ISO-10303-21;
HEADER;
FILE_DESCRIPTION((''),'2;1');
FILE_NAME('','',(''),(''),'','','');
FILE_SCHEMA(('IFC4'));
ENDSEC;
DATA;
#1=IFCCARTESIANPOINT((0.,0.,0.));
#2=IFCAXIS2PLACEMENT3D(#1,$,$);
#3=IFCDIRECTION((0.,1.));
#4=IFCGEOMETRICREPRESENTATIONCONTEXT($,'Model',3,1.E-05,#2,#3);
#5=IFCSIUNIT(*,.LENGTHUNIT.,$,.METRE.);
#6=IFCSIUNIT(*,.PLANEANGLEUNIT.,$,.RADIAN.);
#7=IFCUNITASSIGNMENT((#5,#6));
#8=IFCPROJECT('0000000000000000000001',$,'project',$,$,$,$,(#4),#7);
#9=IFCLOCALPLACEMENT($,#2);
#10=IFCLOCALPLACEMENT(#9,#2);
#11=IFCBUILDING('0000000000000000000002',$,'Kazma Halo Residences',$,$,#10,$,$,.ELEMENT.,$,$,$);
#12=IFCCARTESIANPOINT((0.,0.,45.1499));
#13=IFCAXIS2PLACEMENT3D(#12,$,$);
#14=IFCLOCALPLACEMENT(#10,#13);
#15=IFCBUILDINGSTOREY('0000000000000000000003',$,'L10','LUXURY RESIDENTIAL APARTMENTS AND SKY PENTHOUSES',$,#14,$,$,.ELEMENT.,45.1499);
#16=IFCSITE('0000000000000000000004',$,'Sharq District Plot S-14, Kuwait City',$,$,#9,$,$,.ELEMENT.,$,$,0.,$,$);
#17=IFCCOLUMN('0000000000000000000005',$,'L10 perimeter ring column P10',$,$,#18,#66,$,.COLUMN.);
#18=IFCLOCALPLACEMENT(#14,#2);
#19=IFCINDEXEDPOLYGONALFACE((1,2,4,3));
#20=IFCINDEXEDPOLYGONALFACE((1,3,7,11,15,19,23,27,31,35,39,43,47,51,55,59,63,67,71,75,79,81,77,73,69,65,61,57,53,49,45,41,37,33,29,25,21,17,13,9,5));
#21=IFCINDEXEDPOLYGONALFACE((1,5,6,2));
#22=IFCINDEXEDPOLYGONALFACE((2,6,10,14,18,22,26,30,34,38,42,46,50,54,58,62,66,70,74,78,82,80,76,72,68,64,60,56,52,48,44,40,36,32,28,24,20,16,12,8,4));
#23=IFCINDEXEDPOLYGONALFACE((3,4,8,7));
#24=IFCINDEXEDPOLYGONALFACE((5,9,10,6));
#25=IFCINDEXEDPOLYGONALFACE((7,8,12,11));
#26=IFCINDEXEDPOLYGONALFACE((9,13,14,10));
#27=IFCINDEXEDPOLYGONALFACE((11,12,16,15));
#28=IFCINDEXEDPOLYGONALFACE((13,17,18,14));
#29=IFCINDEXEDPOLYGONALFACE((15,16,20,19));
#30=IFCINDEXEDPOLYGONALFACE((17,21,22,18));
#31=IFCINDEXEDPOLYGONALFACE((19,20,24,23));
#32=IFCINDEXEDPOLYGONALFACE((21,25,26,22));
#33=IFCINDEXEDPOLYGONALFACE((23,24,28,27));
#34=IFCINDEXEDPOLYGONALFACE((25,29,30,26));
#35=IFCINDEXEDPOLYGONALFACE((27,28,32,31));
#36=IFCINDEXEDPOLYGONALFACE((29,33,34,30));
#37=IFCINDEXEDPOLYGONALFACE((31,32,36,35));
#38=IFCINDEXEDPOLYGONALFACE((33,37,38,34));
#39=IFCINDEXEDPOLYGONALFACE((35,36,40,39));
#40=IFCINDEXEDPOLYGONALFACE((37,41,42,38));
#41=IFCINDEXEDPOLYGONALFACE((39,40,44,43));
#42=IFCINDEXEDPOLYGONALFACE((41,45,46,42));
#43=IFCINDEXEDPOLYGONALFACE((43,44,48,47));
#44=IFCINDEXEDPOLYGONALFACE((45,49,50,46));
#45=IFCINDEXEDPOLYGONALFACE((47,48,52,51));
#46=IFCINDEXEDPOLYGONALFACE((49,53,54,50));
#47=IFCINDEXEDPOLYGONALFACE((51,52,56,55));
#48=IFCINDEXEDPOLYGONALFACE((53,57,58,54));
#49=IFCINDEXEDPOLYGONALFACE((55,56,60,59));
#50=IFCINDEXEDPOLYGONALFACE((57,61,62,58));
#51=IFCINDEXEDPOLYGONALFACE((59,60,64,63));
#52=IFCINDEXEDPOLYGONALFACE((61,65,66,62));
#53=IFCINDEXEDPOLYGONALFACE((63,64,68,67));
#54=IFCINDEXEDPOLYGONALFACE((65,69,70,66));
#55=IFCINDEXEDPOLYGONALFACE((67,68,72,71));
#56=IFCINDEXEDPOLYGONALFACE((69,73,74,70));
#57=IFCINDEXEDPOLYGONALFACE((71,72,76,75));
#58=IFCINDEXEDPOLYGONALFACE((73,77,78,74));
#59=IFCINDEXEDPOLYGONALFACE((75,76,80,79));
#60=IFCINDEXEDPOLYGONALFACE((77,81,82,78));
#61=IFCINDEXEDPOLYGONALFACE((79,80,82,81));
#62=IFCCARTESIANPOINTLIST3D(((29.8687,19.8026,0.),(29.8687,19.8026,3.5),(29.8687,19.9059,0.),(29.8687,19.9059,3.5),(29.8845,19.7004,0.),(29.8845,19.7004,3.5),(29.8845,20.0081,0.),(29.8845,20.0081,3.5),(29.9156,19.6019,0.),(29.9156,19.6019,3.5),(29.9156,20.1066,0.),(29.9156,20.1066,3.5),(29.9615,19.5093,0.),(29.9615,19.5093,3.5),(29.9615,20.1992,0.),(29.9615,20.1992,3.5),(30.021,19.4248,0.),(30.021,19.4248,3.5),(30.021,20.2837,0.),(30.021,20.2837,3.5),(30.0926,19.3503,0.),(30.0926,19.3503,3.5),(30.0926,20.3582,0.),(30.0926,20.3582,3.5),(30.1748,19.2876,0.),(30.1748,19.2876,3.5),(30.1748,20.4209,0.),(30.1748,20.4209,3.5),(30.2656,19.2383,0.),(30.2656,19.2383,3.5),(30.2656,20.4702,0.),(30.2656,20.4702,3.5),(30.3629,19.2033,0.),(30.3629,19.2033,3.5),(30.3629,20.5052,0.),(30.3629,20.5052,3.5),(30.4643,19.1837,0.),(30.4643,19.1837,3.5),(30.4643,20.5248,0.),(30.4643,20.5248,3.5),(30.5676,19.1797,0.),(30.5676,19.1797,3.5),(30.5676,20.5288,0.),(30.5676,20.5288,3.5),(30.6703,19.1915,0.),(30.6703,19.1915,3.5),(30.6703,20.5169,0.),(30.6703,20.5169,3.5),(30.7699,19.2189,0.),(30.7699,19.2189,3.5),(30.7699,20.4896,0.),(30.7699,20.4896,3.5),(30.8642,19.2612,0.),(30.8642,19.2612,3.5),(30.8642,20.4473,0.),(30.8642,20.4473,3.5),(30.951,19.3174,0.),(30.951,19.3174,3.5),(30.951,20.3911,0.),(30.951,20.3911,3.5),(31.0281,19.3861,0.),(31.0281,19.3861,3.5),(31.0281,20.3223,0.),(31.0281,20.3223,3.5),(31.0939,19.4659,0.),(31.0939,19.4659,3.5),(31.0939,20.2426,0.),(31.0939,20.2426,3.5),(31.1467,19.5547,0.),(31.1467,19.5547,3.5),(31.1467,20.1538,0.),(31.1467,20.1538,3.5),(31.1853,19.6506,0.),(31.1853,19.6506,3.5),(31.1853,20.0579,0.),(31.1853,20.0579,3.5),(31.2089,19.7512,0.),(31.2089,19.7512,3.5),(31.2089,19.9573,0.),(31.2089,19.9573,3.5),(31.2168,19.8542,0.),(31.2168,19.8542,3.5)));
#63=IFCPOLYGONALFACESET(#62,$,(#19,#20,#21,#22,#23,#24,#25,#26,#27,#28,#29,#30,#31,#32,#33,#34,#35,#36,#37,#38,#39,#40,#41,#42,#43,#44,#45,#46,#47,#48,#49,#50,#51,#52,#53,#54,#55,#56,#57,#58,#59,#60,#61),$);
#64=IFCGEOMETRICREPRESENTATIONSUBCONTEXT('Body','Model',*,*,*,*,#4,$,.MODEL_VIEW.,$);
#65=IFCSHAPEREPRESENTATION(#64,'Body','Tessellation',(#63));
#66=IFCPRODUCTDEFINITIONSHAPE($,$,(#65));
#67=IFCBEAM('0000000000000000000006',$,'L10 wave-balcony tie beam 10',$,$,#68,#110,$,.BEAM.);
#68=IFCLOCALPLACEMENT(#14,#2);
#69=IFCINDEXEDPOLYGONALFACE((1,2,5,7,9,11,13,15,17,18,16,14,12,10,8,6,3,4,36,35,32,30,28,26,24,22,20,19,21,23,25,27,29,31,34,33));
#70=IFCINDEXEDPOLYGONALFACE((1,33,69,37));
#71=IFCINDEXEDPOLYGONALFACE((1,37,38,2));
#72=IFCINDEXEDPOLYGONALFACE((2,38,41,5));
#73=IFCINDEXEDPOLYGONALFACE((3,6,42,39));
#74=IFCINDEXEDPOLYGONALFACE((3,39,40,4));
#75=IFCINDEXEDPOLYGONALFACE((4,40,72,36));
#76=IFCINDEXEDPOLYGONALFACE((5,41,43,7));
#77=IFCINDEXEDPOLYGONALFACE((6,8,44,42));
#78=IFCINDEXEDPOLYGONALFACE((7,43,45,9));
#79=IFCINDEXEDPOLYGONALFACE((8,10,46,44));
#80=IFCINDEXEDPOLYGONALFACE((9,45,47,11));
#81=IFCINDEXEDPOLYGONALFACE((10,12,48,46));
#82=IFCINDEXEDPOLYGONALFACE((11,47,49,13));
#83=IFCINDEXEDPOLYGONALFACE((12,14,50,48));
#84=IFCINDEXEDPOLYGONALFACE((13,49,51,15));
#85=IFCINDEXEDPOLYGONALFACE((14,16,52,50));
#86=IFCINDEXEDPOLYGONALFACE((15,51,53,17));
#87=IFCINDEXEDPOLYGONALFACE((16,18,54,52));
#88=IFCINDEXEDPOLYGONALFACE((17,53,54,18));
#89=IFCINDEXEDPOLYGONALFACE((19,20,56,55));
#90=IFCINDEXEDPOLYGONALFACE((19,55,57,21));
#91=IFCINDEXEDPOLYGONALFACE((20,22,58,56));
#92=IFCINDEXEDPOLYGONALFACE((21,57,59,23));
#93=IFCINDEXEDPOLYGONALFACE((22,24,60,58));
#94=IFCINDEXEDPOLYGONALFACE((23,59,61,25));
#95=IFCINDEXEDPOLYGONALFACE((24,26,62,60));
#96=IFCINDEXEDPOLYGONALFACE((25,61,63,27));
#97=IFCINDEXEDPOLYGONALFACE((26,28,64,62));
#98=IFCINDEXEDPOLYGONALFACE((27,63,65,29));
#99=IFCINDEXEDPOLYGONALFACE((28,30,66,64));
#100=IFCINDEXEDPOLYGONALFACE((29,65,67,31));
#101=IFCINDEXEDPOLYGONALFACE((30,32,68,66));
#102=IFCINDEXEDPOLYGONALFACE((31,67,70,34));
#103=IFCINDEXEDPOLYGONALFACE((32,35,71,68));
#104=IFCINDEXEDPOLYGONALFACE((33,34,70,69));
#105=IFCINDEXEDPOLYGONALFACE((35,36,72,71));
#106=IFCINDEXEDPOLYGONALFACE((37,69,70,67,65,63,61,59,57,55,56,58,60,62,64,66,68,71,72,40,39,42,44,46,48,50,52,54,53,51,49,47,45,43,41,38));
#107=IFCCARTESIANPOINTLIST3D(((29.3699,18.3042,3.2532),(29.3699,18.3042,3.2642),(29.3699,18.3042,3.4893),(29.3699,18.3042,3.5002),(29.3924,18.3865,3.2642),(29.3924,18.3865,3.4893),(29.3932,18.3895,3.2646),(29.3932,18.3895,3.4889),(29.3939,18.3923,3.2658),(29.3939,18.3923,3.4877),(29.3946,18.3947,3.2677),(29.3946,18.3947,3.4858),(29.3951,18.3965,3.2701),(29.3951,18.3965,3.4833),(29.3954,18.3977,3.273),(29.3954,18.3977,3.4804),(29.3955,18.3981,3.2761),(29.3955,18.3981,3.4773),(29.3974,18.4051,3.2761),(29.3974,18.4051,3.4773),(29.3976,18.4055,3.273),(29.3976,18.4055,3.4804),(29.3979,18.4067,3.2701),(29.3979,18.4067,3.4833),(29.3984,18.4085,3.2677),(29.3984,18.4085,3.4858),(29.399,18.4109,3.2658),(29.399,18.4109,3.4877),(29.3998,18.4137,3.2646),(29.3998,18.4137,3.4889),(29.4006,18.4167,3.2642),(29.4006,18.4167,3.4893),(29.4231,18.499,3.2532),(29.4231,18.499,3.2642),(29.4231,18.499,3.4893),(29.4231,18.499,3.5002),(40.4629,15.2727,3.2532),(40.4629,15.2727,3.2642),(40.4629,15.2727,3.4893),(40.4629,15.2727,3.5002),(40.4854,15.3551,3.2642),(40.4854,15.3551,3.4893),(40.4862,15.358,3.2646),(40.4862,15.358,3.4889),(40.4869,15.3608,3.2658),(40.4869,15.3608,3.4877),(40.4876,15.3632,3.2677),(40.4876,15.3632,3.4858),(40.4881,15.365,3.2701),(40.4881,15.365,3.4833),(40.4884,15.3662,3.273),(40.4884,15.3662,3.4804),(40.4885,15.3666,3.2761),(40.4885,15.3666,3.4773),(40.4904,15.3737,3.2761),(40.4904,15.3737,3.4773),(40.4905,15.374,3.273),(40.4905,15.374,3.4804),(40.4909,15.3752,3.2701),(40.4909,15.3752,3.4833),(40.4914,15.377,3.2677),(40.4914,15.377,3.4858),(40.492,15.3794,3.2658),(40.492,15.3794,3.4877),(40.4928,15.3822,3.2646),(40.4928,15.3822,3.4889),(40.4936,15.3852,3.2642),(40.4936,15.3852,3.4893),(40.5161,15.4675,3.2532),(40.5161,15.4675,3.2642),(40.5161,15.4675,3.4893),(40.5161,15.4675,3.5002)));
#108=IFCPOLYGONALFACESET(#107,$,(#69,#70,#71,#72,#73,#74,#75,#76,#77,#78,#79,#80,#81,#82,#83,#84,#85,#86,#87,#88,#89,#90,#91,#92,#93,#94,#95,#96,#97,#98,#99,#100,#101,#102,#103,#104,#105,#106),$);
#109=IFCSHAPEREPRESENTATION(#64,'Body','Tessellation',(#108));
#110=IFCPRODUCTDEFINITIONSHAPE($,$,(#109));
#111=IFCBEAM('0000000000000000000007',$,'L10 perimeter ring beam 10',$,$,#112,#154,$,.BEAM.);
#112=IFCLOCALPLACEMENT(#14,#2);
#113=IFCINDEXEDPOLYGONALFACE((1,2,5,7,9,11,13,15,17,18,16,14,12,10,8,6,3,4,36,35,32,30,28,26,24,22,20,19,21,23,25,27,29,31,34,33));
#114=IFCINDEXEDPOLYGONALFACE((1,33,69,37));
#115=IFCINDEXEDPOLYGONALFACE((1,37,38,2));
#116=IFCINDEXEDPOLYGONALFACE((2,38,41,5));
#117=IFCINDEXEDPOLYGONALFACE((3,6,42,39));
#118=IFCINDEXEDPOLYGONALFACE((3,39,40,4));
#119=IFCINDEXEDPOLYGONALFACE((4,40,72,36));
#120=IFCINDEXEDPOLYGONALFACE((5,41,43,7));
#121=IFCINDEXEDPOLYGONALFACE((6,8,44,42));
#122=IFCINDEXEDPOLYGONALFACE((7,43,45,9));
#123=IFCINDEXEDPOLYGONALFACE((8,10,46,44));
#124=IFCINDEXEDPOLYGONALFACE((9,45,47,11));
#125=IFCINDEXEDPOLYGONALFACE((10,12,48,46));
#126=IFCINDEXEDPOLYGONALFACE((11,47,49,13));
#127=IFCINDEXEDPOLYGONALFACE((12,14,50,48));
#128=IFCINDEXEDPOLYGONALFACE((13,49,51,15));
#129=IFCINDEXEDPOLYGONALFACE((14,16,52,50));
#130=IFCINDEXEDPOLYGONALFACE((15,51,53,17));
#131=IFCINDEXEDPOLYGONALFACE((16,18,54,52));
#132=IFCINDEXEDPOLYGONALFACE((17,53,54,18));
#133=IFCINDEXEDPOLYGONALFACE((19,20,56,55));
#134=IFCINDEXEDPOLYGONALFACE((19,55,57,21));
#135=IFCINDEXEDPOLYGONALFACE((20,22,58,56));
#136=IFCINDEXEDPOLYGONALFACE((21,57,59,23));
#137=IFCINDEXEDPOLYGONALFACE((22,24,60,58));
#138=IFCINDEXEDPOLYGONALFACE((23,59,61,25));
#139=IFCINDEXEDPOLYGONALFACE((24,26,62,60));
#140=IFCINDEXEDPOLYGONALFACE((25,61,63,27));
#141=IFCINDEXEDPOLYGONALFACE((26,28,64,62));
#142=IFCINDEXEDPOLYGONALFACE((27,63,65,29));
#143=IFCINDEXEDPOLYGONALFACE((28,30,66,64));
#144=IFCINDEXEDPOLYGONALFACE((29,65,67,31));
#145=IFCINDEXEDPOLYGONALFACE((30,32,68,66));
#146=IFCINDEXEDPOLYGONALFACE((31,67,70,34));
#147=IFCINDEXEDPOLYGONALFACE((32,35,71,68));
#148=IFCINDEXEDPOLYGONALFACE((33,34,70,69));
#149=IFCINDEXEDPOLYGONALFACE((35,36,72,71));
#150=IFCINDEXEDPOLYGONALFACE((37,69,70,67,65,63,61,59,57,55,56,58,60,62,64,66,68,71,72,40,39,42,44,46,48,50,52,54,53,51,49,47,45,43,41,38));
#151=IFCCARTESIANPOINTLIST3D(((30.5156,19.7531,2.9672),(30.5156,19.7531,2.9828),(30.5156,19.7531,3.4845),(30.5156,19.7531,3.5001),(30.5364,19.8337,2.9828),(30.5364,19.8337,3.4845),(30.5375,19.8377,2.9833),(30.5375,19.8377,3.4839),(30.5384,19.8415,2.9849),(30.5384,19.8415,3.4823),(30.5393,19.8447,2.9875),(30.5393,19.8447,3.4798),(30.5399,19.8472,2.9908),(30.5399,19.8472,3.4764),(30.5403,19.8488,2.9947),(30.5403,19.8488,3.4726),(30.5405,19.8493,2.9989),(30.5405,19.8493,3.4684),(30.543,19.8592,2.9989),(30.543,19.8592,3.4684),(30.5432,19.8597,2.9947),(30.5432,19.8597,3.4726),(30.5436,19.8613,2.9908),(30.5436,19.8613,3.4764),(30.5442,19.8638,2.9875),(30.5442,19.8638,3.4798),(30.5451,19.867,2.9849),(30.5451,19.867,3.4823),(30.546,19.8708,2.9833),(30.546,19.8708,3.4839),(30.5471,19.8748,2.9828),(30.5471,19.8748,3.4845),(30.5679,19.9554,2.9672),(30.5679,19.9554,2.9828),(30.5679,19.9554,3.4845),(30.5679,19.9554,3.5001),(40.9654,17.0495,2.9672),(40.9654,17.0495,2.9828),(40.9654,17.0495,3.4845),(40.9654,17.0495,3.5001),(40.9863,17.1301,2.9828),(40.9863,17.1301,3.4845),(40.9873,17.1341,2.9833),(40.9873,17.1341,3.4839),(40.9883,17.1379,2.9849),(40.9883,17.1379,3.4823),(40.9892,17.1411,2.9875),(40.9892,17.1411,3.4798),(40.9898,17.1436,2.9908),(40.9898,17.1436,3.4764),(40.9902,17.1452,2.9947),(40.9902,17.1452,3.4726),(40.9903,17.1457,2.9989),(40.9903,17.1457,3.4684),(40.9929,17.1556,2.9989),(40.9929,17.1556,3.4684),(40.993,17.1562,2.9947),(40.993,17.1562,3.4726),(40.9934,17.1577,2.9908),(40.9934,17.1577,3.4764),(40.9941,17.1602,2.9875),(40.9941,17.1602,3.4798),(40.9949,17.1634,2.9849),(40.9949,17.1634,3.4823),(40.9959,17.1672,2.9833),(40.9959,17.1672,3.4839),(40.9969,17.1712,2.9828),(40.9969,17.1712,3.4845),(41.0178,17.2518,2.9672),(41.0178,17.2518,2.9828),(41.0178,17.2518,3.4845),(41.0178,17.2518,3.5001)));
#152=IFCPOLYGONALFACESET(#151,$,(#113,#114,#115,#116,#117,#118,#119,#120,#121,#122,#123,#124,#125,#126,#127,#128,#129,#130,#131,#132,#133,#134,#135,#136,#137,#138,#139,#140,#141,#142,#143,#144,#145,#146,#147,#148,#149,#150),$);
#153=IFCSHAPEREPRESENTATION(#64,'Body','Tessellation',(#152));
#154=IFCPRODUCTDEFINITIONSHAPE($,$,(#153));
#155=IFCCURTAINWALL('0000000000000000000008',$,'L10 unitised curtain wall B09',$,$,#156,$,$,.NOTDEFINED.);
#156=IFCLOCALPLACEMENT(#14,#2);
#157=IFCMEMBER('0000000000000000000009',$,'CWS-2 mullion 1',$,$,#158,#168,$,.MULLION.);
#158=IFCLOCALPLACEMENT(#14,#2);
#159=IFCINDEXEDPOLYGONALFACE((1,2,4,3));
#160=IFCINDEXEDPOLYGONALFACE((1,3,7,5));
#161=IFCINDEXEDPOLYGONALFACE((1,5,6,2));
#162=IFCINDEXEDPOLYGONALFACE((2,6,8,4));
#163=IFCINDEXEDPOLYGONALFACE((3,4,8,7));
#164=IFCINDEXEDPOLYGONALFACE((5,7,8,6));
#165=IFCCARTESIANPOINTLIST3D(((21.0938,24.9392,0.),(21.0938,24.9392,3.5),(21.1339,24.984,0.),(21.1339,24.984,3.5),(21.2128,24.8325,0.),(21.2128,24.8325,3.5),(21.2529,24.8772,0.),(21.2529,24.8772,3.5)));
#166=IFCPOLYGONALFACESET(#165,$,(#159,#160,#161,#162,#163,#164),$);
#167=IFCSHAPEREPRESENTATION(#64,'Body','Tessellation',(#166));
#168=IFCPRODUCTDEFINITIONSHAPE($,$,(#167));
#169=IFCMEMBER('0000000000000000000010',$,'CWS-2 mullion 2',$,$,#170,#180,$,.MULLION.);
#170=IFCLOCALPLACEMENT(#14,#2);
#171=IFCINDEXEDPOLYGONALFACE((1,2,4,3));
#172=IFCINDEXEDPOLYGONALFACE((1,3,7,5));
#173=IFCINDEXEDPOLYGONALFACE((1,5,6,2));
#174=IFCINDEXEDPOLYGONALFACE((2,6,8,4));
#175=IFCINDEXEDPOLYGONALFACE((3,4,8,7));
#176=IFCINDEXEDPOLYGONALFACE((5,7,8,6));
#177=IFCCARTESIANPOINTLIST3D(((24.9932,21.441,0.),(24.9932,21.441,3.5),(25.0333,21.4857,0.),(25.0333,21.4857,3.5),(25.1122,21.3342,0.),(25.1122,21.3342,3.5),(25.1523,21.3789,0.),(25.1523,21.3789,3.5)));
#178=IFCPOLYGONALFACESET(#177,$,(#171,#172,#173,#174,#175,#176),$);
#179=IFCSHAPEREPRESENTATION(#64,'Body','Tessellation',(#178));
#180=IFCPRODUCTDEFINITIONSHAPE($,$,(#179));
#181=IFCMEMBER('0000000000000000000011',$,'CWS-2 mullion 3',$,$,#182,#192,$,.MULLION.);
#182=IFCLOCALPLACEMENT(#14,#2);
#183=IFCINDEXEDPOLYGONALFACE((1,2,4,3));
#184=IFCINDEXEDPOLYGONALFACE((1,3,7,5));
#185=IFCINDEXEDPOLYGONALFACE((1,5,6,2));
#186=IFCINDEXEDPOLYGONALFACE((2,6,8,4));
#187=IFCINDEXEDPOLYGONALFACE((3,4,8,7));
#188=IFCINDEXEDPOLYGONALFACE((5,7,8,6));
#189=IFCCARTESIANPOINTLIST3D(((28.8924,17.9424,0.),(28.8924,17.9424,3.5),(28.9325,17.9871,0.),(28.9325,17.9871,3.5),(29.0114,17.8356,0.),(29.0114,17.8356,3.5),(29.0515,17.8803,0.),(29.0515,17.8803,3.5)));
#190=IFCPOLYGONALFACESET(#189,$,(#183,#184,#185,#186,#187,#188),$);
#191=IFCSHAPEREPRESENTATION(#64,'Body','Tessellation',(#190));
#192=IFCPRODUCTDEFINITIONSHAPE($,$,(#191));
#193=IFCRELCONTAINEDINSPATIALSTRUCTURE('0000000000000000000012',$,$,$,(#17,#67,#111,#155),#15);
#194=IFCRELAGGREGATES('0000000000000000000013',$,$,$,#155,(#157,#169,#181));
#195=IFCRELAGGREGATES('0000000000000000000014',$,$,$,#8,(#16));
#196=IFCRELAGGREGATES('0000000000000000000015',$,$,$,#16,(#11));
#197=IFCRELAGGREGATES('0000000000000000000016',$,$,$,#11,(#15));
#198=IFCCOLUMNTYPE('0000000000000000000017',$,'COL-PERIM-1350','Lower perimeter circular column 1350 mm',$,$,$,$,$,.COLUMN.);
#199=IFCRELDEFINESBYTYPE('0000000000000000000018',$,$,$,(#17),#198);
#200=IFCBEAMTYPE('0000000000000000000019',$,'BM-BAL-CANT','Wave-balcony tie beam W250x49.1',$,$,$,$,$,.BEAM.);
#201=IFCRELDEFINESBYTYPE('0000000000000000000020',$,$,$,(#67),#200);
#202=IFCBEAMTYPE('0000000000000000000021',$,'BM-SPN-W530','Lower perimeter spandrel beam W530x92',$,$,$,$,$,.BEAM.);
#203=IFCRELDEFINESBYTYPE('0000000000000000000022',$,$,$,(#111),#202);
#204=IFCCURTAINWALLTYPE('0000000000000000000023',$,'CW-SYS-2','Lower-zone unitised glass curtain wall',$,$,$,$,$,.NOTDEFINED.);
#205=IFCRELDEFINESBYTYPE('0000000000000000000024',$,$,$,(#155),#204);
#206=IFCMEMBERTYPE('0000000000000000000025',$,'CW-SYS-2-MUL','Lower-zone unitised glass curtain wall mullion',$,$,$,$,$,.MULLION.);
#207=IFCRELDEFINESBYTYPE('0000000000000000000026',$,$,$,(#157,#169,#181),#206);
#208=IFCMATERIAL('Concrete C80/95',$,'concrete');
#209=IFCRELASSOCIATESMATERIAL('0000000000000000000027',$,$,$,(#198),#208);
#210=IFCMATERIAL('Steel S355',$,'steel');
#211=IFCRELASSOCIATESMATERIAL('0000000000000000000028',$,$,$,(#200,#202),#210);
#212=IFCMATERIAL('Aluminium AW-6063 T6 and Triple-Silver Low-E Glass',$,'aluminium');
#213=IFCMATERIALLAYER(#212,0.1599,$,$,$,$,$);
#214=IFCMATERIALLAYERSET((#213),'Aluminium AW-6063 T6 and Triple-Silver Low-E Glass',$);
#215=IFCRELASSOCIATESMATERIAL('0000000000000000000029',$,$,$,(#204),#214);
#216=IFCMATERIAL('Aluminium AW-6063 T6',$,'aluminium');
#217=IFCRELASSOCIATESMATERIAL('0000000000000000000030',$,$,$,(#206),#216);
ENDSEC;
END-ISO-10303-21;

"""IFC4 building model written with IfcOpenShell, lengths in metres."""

from ifc_helpers import new_model, si_unit, direction, frame, origin, origin_2d, place, context, subcontext, project, spatial, rectangle, circle, i_section, extrude, material, layer, layer_set, material_profile, profile_set, type_object, element, aggregate, save


model = new_model("IFC4")

# Units and contexts
model_context = context("Model", 3, precision=1e-05, world=origin(), true_north=direction((0.0, 1.0)))
body_context = subcontext(model_context, "Body", "Model", "MODEL_VIEW")
ifc_project = project(units=[si_unit("LENGTHUNIT", "METRE"), si_unit("PLANEANGLEUNIT", "RADIAN")], contexts=[model_context])

# Site, building, storey
site_placement = place(None, origin())
site = spatial("IfcSite", under=ifc_project, at=site_placement, Name="Sharq District Plot S-14, Kuwait City", CompositionType="ELEMENT", RefElevation=0.0)
building_placement = place(site_placement, origin())
building = spatial("IfcBuilding", under=site, at=building_placement, Name="Kazma Halo Residences", CompositionType="ELEMENT")
storey_placement = place(building_placement, frame((0.0, 0.0, 45.1499)))
storey = spatial("IfcBuildingStorey", under=building, at=storey_placement, Name="L10", Description="LUXURY RESIDENTIAL APARTMENTS AND SKY PENTHOUSES", CompositionType="ELEMENT", Elevation=45.1499)

# Column
ifc_material_1 = material(Name="Concrete C80/95", Category="concrete")
ifc_material_profile_1 = material_profile(ifc_material_1, circle(Radius=0.675, at=origin_2d()), Name="CIRC1350")
ifc_profile_set_1 = profile_set([ifc_material_profile_1], Name="Concrete C80/95")
column_type = type_object("IfcColumnType", Name="COL-PERIM-1350", Description="Lower perimeter circular column 1350 mm", PredefinedType="COLUMN", material=ifc_profile_set_1)
column_placement = place(storey_placement, frame((30.5417, 19.8542, 0.0), z_axis=(0.0, 0.0, 1.0), x_axis=(1.0, 0.0, 0.0)))
element("IfcColumn", 1, at=column_placement, inside=storey, type_object=column_type, Name="L10 perimeter ring column P10", PredefinedType="COLUMN", context=body_context, shape_type="SweptSolid", body=[
    extrude(circle(Radius=0.675, at=origin_2d()), origin(), (0.0, 0.0, 1.0), 3.5),
])

# Beams
ifc_material_2 = material(Name="Steel S355", Category="steel")
ifc_material_profile_2 = material_profile(ifc_material_2, i_section(OverallWidth=0.2019, OverallDepth=0.2471, WebThickness=0.0073, FlangeThickness=0.011, FilletRadius=0.012, at=origin_2d()), Name="W250x49.1")
ifc_profile_set_2 = profile_set([ifc_material_profile_2], Name="Steel S355")
beam_type_1 = type_object("IfcBeamType", Name="BM-BAL-CANT", Description="Wave-balcony tie beam W250x49.1", PredefinedType="BEAM", material=ifc_profile_set_2)
beam_1_placement = place(storey_placement, frame((29.3965, 18.4016, 3.3767), z_axis=(0.964628, -0.263613, 0.0), x_axis=(0.263613, 0.964628, 0.0)))
element("IfcBeam", 2, at=beam_1_placement, inside=storey, type_object=beam_type_1, Name="L10 wave-balcony tie beam 10", PredefinedType="BEAM", context=body_context, shape_type="SweptSolid", body=[
    extrude(i_section(OverallWidth=0.2019, OverallDepth=0.2471, WebThickness=0.0073, FlangeThickness=0.011, FilletRadius=0.012, at=origin_2d()), origin(), (0.0, 0.0, 1.0), 11.4998),
])
ifc_material_profile_3 = material_profile(ifc_material_2, i_section(OverallWidth=0.209, OverallDepth=0.533, WebThickness=0.0103, FlangeThickness=0.0156, FilletRadius=0.0161, at=origin_2d()), Name="W530x92")
ifc_profile_set_3 = profile_set([ifc_material_profile_3], Name="Steel S355")
beam_type_2 = type_object("IfcBeamType", Name="BM-SPN-W530", Description="Lower perimeter spandrel beam W530x92", PredefinedType="BEAM", material=ifc_profile_set_3)
beam_2_placement = place(storey_placement, frame((30.5417, 19.8542, 3.2336), z_axis=(0.968124, -0.250473, 0.0), x_axis=(0.250473, 0.968124, 0.0)))
element("IfcBeam", 3, at=beam_2_placement, inside=storey, type_object=beam_type_2, Name="L10 perimeter ring beam 10", PredefinedType="BEAM", context=body_context, shape_type="SweptSolid", body=[
    extrude(i_section(OverallWidth=0.209, OverallDepth=0.533, WebThickness=0.0103, FlangeThickness=0.0156, FilletRadius=0.0161, at=origin_2d()), origin(), (0.0, 0.0, 1.0), 10.7939),
])

# Curtain wall, members
ifc_material_3 = material(Name="Aluminium AW-6063 T6 and Triple-Silver Low-E Glass", Category="aluminium")
ifc_layer_1 = layer(ifc_material_3, 0.1599)
ifc_layer_set_1 = layer_set([ifc_layer_1], Name="Aluminium AW-6063 T6 and Triple-Silver Low-E Glass")
curtain_wall_type = type_object("IfcCurtainWallType", Name="CW-SYS-2", Description="Lower-zone unitised glass curtain wall", PredefinedType="NOTDEFINED", material=ifc_layer_set_1)
curtain_wall_placement = place(storey_placement, origin())
curtain_wall = element("IfcCurtainWall", 4, at=curtain_wall_placement, inside=storey, type_object=curtain_wall_type, Name="L10 unitised curtain wall B09", PredefinedType="NOTDEFINED")
ifc_material_4 = material(Name="Aluminium AW-6063 T6", Category="aluminium")
ifc_material_profile_4 = material_profile(ifc_material_4, rectangle(XDim=0.0601, YDim=0.1599, at=origin_2d()), Name="CWM-60x160")
ifc_profile_set_4 = profile_set([ifc_material_profile_4], Name="Aluminium AW-6063 T6")
member_type_1 = type_object("IfcMemberType", Name="CW-SYS-2-MUL", Description="Lower-zone unitised glass curtain wall mullion", PredefinedType="MULLION", material=ifc_profile_set_4)
member_1_placement = place(storey_placement, frame((21.1733, 24.9082, 0.0), z_axis=(0.0, 0.0, 1.0), x_axis=(0.667821, 0.744322, 0.0)))
member_1 = element("IfcMember", 5, at=member_1_placement, type_object=member_type_1, Name="CWS-2 mullion 1", PredefinedType="MULLION", context=body_context, shape_type="SweptSolid", body=[
    extrude(rectangle(XDim=0.0601, YDim=0.1599, at=origin_2d()), origin(), (0.0, 0.0, 1.0), 3.5),
])
member_2_placement = place(storey_placement, frame((25.0728, 21.4099, 0.0), z_axis=(0.0, 0.0, 1.0), x_axis=(0.667821, 0.744322, 0.0)))
member_2 = element("IfcMember", 6, at=member_2_placement, type_object=member_type_1, Name="CWS-2 mullion 2", PredefinedType="MULLION", context=body_context, shape_type="SweptSolid", body=[
    extrude(rectangle(XDim=0.0601, YDim=0.1599, at=origin_2d()), origin(), (0.0, 0.0, 1.0), 3.5),
])
member_3_placement = place(storey_placement, frame((28.9719, 17.9114, 0.0), z_axis=(0.0, 0.0, 1.0), x_axis=(0.667821, 0.744322, 0.0)))
member_3 = element("IfcMember", 7, at=member_3_placement, type_object=member_type_1, Name="CWS-2 mullion 3", PredefinedType="MULLION", context=body_context, shape_type="SweptSolid", body=[
    extrude(rectangle(XDim=0.0601, YDim=0.1599, at=origin_2d()), origin(), (0.0, 0.0, 1.0), 3.5),
])
aggregate(curtain_wall, [member_1, member_2, member_3])

save(model, "model.ifc")
